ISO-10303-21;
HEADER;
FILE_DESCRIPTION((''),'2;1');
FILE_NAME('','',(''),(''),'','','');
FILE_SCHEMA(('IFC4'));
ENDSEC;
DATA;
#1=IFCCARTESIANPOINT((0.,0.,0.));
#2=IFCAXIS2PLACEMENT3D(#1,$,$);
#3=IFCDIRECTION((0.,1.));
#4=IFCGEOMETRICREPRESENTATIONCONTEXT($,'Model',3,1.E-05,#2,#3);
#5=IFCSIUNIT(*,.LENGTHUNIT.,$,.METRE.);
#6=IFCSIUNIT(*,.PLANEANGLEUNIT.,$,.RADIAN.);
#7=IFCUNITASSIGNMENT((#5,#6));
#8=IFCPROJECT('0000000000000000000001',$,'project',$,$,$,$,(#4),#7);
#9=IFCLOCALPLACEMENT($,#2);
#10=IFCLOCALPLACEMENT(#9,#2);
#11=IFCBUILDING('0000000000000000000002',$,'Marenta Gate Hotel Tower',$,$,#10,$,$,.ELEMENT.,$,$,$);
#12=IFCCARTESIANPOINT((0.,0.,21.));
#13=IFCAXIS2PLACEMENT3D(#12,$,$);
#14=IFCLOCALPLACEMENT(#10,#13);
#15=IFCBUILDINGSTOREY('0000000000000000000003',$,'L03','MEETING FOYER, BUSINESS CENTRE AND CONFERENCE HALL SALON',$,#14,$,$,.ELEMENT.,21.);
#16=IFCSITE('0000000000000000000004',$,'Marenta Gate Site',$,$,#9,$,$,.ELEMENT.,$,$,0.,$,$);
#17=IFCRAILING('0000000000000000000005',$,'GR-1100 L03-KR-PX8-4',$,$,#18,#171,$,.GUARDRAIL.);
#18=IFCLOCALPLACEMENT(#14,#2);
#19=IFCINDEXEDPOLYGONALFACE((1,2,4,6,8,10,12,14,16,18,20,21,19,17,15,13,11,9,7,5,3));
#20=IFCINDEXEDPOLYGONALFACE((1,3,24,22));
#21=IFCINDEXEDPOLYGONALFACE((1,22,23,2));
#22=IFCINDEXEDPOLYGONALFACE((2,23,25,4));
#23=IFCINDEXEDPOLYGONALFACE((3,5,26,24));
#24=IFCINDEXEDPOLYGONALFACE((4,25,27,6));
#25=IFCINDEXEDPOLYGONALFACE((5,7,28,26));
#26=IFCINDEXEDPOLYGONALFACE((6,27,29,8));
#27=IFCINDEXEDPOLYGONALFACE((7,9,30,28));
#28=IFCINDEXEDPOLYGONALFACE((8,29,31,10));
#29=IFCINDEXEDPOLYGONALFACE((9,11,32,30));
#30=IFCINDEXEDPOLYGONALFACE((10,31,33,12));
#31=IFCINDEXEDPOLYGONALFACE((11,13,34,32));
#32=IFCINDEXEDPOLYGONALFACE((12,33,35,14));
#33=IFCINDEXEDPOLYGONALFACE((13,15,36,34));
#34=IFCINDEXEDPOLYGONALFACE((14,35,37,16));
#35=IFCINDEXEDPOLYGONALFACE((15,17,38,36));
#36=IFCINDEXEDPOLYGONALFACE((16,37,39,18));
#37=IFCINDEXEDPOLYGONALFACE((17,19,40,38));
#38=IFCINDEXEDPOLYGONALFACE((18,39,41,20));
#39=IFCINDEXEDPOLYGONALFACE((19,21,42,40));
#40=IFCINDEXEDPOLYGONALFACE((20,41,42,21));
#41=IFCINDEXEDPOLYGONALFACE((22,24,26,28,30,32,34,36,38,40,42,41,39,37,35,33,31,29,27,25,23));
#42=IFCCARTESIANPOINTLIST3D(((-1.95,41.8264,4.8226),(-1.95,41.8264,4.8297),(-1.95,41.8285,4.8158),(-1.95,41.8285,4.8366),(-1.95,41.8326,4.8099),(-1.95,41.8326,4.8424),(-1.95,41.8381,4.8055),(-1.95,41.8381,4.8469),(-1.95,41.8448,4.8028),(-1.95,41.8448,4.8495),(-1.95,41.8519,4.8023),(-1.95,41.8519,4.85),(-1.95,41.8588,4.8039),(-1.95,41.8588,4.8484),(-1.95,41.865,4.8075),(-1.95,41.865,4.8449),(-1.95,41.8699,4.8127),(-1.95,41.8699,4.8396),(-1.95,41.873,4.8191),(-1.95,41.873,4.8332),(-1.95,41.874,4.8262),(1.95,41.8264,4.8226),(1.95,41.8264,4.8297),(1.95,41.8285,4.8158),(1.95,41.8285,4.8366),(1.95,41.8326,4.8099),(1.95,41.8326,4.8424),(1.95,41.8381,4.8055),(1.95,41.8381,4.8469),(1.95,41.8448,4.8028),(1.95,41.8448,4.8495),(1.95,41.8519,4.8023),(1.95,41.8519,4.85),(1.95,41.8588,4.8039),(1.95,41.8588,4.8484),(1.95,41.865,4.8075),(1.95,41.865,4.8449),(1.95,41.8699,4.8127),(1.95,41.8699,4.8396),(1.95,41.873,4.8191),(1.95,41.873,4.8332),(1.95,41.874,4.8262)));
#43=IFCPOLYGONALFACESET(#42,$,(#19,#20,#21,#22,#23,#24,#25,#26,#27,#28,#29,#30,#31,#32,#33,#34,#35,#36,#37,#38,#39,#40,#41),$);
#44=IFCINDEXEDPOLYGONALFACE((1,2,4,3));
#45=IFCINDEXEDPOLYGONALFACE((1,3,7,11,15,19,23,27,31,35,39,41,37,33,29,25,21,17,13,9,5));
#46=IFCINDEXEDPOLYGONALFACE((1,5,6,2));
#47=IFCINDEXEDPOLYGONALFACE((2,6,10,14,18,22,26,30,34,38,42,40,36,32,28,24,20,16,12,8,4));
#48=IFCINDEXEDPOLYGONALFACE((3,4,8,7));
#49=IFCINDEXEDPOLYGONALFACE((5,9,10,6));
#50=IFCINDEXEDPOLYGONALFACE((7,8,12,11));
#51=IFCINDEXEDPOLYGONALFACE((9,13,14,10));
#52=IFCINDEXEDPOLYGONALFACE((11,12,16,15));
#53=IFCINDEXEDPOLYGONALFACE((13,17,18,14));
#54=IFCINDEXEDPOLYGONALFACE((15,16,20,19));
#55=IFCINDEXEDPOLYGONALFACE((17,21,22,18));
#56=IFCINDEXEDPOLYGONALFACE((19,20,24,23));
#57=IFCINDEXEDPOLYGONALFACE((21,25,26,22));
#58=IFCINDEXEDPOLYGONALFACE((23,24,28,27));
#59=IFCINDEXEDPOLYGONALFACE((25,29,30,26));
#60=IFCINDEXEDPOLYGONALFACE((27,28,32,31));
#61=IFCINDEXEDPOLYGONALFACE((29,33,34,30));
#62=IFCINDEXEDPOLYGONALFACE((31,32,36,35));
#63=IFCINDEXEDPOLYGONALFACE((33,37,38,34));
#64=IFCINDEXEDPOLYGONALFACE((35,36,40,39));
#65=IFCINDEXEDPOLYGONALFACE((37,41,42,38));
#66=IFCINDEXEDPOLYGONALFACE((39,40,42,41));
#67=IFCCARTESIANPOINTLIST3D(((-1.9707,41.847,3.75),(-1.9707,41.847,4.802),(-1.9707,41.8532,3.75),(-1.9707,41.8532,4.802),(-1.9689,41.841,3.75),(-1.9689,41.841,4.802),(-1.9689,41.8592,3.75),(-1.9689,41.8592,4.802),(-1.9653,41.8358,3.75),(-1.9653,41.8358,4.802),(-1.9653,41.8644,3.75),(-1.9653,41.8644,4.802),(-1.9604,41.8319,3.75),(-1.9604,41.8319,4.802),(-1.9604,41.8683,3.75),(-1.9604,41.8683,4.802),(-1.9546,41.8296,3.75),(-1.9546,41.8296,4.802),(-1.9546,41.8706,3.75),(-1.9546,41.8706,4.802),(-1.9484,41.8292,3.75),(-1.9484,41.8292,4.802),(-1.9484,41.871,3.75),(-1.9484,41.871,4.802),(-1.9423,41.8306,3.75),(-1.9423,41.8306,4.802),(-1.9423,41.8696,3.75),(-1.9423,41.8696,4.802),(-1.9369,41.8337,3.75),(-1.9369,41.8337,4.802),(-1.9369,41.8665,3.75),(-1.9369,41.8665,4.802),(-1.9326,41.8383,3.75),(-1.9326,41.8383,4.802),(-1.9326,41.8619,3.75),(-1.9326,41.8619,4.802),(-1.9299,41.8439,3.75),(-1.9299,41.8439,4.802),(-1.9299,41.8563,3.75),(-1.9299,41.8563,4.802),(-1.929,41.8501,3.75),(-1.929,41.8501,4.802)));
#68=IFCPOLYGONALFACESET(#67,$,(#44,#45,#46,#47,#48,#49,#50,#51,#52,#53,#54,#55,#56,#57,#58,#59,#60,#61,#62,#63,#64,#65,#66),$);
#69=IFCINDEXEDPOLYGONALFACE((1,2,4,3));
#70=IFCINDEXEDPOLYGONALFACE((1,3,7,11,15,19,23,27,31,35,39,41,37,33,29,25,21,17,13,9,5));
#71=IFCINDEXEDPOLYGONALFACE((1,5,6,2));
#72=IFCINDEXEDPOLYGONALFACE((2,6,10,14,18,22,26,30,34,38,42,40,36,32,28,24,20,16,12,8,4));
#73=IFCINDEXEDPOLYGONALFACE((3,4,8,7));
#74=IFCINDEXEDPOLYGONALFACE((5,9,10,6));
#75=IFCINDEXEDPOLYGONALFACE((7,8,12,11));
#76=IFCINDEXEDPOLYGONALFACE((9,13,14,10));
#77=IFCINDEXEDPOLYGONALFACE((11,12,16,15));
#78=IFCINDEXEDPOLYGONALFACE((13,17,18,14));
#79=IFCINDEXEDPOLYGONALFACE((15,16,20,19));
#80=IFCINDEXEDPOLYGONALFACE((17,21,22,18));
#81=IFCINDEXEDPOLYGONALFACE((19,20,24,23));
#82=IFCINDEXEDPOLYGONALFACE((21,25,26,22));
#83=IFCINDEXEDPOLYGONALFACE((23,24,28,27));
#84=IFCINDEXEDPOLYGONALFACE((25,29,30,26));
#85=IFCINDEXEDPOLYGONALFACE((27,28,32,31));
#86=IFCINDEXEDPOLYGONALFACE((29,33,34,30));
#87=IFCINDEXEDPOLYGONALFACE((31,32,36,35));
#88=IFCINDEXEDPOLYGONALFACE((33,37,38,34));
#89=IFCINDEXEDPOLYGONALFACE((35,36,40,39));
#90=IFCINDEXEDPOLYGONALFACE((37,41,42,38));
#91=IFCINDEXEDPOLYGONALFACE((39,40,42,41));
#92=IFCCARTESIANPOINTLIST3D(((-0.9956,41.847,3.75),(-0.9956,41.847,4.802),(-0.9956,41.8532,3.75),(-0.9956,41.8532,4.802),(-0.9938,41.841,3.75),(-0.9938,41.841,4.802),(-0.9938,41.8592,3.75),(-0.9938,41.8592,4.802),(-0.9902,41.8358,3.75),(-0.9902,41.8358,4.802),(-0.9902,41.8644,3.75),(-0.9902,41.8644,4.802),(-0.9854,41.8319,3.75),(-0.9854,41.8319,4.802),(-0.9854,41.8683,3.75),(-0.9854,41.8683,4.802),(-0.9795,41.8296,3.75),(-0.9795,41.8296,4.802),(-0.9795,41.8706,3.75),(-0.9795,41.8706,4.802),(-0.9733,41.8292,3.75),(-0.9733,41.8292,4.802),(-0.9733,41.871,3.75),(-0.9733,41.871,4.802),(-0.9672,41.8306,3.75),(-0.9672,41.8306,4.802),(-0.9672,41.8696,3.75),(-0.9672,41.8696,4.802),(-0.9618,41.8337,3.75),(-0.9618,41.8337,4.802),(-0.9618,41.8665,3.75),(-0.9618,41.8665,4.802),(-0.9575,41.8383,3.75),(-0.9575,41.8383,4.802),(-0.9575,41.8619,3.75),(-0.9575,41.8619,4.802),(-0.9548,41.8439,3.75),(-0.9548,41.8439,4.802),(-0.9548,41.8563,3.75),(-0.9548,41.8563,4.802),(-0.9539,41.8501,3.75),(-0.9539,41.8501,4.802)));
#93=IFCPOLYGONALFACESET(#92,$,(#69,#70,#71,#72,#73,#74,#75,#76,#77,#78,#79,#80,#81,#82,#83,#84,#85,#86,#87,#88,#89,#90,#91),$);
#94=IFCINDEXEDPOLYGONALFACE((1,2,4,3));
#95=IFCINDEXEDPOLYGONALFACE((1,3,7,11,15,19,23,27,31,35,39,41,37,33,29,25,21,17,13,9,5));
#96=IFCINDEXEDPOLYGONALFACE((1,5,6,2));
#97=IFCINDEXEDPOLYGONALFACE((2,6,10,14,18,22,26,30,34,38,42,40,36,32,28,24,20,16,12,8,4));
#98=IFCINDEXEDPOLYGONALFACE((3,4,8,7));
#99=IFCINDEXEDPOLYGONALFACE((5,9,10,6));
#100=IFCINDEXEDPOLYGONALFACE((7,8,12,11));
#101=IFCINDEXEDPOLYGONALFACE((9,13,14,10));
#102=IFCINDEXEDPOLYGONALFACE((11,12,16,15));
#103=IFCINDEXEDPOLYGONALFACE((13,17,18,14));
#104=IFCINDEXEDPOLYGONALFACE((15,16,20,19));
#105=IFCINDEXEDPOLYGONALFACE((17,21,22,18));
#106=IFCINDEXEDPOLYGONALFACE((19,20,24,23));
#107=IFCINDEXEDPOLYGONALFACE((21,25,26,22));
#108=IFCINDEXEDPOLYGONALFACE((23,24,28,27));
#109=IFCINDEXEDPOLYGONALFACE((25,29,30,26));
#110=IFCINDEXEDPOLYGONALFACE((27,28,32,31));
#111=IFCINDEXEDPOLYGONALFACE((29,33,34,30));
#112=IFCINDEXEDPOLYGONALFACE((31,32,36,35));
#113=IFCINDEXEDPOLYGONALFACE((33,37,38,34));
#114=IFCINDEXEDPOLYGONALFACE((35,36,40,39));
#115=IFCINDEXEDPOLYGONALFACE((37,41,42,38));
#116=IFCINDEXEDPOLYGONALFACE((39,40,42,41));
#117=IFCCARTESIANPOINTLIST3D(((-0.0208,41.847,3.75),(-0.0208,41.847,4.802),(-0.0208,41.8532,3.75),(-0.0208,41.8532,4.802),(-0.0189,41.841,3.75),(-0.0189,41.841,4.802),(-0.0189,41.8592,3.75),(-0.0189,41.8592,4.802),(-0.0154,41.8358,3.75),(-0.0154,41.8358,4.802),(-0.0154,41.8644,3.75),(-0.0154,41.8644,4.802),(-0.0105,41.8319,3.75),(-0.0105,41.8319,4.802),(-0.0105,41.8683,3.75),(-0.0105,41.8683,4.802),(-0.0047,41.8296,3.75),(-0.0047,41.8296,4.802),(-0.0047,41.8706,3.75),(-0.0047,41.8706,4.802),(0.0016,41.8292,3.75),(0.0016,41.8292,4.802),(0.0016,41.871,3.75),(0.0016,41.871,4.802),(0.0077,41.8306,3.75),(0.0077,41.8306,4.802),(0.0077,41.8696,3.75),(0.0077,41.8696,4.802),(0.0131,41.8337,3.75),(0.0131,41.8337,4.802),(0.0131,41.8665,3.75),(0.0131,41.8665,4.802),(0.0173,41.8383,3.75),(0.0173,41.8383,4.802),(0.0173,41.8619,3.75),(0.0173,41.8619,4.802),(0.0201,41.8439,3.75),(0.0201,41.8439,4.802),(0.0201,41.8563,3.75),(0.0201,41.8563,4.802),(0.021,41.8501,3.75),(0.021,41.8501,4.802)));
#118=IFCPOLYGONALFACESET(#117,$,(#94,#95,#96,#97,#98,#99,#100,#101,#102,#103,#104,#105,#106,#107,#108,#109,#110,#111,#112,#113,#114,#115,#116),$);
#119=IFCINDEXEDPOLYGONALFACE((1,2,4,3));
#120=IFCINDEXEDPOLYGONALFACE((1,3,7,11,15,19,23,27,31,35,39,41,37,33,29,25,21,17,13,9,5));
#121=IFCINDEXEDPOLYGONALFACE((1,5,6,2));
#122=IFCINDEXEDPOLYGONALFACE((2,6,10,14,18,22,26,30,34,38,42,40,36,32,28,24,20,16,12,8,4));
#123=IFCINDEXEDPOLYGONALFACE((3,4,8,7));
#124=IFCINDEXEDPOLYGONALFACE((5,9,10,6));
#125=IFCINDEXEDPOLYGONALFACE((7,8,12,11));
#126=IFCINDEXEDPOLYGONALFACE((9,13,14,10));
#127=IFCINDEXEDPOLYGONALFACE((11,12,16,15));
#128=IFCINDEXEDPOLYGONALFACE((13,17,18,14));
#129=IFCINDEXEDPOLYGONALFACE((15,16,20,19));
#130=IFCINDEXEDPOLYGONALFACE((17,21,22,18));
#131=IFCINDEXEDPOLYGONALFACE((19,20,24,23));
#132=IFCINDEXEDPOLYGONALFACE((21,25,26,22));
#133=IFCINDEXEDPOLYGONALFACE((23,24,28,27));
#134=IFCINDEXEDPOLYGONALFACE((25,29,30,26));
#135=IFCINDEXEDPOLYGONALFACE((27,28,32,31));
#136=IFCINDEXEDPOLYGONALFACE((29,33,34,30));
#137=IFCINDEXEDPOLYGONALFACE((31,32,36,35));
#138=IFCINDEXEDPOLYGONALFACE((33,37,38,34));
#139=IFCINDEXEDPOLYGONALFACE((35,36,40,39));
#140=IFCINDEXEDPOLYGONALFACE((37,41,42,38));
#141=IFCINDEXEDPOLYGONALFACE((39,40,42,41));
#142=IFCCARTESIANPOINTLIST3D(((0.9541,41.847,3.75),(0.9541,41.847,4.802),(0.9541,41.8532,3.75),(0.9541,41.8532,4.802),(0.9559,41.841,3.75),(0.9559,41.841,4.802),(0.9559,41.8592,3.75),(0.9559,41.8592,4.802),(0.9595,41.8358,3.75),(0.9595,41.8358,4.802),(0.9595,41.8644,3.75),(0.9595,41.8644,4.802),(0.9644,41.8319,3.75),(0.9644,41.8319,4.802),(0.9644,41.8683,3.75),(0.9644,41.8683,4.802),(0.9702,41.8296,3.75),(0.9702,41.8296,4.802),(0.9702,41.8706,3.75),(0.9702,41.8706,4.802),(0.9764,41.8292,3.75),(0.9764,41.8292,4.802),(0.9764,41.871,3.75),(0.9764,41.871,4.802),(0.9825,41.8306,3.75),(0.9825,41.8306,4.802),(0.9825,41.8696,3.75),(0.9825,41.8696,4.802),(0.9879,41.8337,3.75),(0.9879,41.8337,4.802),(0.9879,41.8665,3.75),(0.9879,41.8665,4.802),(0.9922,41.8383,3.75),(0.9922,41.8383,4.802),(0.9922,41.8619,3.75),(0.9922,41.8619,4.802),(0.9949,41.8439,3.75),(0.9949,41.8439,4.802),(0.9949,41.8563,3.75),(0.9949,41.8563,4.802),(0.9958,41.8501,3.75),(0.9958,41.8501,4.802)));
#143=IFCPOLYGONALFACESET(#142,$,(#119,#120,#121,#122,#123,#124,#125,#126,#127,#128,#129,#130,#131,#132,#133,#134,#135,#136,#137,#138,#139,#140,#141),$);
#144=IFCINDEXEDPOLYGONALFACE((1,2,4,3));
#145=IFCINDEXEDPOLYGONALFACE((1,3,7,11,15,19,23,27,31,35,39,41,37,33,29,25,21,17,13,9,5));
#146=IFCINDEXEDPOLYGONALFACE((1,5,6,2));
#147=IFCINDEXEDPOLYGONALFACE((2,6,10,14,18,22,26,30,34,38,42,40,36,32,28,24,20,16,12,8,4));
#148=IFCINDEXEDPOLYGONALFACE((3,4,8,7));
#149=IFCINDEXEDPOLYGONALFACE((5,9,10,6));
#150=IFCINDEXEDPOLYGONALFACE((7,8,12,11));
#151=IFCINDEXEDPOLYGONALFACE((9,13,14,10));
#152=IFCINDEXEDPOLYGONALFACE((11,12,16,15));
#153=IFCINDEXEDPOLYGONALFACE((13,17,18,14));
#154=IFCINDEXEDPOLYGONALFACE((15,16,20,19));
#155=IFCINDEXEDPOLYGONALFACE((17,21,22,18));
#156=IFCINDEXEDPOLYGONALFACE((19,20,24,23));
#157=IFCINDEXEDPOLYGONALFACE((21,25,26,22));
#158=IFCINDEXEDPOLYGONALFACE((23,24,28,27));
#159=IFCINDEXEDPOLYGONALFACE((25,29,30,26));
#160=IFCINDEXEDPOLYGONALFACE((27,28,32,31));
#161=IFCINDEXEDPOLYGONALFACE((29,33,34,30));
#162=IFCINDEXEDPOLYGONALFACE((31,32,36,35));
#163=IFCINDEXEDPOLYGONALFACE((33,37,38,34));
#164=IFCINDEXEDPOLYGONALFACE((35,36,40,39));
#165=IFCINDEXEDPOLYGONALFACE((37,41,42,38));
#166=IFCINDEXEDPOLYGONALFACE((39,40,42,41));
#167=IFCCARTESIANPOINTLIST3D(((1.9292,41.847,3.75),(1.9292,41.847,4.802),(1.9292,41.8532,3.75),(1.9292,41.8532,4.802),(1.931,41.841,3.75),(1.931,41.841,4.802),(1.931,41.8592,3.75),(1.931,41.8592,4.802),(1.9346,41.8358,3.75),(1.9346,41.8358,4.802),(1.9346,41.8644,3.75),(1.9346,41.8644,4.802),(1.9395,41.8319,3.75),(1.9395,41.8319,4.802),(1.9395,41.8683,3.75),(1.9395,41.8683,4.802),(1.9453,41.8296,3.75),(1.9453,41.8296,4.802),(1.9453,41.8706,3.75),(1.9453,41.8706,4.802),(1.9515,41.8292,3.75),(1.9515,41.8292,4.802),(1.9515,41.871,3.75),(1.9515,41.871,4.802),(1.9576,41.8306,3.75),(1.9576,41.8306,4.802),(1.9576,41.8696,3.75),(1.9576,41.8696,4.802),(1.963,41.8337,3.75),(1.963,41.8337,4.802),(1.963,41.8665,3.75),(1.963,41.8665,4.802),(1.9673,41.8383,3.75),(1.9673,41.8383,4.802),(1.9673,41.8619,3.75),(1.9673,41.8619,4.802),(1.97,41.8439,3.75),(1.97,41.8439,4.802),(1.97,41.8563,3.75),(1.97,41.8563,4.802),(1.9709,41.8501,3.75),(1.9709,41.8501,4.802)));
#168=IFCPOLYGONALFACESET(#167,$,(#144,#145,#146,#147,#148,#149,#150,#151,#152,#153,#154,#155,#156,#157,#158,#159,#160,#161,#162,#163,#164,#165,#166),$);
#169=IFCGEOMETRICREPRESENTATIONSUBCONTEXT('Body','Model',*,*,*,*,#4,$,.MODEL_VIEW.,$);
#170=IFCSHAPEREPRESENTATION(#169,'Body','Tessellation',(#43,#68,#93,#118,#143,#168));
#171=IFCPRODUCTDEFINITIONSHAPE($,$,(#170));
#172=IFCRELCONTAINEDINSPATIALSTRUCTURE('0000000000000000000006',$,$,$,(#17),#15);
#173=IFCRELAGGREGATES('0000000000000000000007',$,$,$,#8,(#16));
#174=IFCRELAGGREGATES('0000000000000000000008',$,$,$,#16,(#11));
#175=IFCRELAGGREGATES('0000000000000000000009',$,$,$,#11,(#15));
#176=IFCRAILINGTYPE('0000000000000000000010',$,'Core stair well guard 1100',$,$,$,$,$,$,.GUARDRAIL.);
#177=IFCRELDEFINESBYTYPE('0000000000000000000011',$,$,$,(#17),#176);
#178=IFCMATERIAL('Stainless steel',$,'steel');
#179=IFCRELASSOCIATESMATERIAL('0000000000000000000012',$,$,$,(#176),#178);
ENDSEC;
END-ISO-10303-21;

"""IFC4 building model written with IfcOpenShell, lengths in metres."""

from ifc_helpers import new_model, si_unit, direction, frame, origin, origin_2d, place, context, subcontext, project, spatial, circle, extrude, material, type_object, element, save


model = new_model("IFC4")

# Units and contexts
model_context = context("Model", 3, precision=1e-05, world=origin(), true_north=direction((0.0, 1.0)))
body_context = subcontext(model_context, "Body", "Model", "MODEL_VIEW")
ifc_project = project(units=[si_unit("LENGTHUNIT", "METRE"), si_unit("PLANEANGLEUNIT", "RADIAN")], contexts=[model_context])

# Site, building, storey
site_placement = place(None, origin())
site = spatial("IfcSite", under=ifc_project, at=site_placement, Name="Marenta Gate Site", CompositionType="ELEMENT", RefElevation=0.0)
building_placement = place(site_placement, origin())
building = spatial("IfcBuilding", under=site, at=building_placement, Name="Marenta Gate Hotel Tower", CompositionType="ELEMENT")
storey_placement = place(building_placement, frame((0.0, 0.0, 21.0)))
storey = spatial("IfcBuildingStorey", under=building, at=storey_placement, Name="L03", Description="MEETING FOYER, BUSINESS CENTRE AND CONFERENCE HALL SALON", CompositionType="ELEMENT", Elevation=21.0)

# Railing
ifc_material_1 = material(Name="Stainless steel", Category="steel")
railing_type_1 = type_object("IfcRailingType", Name="Core stair well guard 1100", PredefinedType="GUARDRAIL", material=ifc_material_1)
for number, where, name in (
    (1, (-1.95, 41.8501, 3.75), "GR-1100 L03-KR-PX8-4"),
):
    element("IfcRailing", number, at=place(storey_placement, frame(where)), inside=storey, type_object=railing_type_1, Name=name, PredefinedType="GUARDRAIL", context=body_context, shape_type="SweptSolid", body=[
        extrude(circle(Radius=0.0239, at=origin_2d()), frame((0.0, 0.0, 1.0762), z_axis=(1.0, 0.0, 0.0), x_axis=(0.0, 1.0, 0.0)), (0.0, 0.0, 1.0), 3.8999),
        extrude(circle(Radius=0.021, at=origin_2d()), origin(), (0.0, 0.0, 1.0), 1.052),
        extrude(circle(Radius=0.021, at=origin_2d()), frame((0.9751, 0.0, 0.0)), (0.0, 0.0, 1.0), 1.052),
        extrude(circle(Radius=0.021, at=origin_2d()), frame((1.95, 0.0, 0.0)), (0.0, 0.0, 1.0), 1.052),
        extrude(circle(Radius=0.021, at=origin_2d()), frame((2.9248, 0.0, 0.0)), (0.0, 0.0, 1.0), 1.052),
        extrude(circle(Radius=0.021, at=origin_2d()), frame((3.8999, 0.0, 0.0)), (0.0, 0.0, 1.0), 1.052),
    ])

save(model, "model.ifc")
